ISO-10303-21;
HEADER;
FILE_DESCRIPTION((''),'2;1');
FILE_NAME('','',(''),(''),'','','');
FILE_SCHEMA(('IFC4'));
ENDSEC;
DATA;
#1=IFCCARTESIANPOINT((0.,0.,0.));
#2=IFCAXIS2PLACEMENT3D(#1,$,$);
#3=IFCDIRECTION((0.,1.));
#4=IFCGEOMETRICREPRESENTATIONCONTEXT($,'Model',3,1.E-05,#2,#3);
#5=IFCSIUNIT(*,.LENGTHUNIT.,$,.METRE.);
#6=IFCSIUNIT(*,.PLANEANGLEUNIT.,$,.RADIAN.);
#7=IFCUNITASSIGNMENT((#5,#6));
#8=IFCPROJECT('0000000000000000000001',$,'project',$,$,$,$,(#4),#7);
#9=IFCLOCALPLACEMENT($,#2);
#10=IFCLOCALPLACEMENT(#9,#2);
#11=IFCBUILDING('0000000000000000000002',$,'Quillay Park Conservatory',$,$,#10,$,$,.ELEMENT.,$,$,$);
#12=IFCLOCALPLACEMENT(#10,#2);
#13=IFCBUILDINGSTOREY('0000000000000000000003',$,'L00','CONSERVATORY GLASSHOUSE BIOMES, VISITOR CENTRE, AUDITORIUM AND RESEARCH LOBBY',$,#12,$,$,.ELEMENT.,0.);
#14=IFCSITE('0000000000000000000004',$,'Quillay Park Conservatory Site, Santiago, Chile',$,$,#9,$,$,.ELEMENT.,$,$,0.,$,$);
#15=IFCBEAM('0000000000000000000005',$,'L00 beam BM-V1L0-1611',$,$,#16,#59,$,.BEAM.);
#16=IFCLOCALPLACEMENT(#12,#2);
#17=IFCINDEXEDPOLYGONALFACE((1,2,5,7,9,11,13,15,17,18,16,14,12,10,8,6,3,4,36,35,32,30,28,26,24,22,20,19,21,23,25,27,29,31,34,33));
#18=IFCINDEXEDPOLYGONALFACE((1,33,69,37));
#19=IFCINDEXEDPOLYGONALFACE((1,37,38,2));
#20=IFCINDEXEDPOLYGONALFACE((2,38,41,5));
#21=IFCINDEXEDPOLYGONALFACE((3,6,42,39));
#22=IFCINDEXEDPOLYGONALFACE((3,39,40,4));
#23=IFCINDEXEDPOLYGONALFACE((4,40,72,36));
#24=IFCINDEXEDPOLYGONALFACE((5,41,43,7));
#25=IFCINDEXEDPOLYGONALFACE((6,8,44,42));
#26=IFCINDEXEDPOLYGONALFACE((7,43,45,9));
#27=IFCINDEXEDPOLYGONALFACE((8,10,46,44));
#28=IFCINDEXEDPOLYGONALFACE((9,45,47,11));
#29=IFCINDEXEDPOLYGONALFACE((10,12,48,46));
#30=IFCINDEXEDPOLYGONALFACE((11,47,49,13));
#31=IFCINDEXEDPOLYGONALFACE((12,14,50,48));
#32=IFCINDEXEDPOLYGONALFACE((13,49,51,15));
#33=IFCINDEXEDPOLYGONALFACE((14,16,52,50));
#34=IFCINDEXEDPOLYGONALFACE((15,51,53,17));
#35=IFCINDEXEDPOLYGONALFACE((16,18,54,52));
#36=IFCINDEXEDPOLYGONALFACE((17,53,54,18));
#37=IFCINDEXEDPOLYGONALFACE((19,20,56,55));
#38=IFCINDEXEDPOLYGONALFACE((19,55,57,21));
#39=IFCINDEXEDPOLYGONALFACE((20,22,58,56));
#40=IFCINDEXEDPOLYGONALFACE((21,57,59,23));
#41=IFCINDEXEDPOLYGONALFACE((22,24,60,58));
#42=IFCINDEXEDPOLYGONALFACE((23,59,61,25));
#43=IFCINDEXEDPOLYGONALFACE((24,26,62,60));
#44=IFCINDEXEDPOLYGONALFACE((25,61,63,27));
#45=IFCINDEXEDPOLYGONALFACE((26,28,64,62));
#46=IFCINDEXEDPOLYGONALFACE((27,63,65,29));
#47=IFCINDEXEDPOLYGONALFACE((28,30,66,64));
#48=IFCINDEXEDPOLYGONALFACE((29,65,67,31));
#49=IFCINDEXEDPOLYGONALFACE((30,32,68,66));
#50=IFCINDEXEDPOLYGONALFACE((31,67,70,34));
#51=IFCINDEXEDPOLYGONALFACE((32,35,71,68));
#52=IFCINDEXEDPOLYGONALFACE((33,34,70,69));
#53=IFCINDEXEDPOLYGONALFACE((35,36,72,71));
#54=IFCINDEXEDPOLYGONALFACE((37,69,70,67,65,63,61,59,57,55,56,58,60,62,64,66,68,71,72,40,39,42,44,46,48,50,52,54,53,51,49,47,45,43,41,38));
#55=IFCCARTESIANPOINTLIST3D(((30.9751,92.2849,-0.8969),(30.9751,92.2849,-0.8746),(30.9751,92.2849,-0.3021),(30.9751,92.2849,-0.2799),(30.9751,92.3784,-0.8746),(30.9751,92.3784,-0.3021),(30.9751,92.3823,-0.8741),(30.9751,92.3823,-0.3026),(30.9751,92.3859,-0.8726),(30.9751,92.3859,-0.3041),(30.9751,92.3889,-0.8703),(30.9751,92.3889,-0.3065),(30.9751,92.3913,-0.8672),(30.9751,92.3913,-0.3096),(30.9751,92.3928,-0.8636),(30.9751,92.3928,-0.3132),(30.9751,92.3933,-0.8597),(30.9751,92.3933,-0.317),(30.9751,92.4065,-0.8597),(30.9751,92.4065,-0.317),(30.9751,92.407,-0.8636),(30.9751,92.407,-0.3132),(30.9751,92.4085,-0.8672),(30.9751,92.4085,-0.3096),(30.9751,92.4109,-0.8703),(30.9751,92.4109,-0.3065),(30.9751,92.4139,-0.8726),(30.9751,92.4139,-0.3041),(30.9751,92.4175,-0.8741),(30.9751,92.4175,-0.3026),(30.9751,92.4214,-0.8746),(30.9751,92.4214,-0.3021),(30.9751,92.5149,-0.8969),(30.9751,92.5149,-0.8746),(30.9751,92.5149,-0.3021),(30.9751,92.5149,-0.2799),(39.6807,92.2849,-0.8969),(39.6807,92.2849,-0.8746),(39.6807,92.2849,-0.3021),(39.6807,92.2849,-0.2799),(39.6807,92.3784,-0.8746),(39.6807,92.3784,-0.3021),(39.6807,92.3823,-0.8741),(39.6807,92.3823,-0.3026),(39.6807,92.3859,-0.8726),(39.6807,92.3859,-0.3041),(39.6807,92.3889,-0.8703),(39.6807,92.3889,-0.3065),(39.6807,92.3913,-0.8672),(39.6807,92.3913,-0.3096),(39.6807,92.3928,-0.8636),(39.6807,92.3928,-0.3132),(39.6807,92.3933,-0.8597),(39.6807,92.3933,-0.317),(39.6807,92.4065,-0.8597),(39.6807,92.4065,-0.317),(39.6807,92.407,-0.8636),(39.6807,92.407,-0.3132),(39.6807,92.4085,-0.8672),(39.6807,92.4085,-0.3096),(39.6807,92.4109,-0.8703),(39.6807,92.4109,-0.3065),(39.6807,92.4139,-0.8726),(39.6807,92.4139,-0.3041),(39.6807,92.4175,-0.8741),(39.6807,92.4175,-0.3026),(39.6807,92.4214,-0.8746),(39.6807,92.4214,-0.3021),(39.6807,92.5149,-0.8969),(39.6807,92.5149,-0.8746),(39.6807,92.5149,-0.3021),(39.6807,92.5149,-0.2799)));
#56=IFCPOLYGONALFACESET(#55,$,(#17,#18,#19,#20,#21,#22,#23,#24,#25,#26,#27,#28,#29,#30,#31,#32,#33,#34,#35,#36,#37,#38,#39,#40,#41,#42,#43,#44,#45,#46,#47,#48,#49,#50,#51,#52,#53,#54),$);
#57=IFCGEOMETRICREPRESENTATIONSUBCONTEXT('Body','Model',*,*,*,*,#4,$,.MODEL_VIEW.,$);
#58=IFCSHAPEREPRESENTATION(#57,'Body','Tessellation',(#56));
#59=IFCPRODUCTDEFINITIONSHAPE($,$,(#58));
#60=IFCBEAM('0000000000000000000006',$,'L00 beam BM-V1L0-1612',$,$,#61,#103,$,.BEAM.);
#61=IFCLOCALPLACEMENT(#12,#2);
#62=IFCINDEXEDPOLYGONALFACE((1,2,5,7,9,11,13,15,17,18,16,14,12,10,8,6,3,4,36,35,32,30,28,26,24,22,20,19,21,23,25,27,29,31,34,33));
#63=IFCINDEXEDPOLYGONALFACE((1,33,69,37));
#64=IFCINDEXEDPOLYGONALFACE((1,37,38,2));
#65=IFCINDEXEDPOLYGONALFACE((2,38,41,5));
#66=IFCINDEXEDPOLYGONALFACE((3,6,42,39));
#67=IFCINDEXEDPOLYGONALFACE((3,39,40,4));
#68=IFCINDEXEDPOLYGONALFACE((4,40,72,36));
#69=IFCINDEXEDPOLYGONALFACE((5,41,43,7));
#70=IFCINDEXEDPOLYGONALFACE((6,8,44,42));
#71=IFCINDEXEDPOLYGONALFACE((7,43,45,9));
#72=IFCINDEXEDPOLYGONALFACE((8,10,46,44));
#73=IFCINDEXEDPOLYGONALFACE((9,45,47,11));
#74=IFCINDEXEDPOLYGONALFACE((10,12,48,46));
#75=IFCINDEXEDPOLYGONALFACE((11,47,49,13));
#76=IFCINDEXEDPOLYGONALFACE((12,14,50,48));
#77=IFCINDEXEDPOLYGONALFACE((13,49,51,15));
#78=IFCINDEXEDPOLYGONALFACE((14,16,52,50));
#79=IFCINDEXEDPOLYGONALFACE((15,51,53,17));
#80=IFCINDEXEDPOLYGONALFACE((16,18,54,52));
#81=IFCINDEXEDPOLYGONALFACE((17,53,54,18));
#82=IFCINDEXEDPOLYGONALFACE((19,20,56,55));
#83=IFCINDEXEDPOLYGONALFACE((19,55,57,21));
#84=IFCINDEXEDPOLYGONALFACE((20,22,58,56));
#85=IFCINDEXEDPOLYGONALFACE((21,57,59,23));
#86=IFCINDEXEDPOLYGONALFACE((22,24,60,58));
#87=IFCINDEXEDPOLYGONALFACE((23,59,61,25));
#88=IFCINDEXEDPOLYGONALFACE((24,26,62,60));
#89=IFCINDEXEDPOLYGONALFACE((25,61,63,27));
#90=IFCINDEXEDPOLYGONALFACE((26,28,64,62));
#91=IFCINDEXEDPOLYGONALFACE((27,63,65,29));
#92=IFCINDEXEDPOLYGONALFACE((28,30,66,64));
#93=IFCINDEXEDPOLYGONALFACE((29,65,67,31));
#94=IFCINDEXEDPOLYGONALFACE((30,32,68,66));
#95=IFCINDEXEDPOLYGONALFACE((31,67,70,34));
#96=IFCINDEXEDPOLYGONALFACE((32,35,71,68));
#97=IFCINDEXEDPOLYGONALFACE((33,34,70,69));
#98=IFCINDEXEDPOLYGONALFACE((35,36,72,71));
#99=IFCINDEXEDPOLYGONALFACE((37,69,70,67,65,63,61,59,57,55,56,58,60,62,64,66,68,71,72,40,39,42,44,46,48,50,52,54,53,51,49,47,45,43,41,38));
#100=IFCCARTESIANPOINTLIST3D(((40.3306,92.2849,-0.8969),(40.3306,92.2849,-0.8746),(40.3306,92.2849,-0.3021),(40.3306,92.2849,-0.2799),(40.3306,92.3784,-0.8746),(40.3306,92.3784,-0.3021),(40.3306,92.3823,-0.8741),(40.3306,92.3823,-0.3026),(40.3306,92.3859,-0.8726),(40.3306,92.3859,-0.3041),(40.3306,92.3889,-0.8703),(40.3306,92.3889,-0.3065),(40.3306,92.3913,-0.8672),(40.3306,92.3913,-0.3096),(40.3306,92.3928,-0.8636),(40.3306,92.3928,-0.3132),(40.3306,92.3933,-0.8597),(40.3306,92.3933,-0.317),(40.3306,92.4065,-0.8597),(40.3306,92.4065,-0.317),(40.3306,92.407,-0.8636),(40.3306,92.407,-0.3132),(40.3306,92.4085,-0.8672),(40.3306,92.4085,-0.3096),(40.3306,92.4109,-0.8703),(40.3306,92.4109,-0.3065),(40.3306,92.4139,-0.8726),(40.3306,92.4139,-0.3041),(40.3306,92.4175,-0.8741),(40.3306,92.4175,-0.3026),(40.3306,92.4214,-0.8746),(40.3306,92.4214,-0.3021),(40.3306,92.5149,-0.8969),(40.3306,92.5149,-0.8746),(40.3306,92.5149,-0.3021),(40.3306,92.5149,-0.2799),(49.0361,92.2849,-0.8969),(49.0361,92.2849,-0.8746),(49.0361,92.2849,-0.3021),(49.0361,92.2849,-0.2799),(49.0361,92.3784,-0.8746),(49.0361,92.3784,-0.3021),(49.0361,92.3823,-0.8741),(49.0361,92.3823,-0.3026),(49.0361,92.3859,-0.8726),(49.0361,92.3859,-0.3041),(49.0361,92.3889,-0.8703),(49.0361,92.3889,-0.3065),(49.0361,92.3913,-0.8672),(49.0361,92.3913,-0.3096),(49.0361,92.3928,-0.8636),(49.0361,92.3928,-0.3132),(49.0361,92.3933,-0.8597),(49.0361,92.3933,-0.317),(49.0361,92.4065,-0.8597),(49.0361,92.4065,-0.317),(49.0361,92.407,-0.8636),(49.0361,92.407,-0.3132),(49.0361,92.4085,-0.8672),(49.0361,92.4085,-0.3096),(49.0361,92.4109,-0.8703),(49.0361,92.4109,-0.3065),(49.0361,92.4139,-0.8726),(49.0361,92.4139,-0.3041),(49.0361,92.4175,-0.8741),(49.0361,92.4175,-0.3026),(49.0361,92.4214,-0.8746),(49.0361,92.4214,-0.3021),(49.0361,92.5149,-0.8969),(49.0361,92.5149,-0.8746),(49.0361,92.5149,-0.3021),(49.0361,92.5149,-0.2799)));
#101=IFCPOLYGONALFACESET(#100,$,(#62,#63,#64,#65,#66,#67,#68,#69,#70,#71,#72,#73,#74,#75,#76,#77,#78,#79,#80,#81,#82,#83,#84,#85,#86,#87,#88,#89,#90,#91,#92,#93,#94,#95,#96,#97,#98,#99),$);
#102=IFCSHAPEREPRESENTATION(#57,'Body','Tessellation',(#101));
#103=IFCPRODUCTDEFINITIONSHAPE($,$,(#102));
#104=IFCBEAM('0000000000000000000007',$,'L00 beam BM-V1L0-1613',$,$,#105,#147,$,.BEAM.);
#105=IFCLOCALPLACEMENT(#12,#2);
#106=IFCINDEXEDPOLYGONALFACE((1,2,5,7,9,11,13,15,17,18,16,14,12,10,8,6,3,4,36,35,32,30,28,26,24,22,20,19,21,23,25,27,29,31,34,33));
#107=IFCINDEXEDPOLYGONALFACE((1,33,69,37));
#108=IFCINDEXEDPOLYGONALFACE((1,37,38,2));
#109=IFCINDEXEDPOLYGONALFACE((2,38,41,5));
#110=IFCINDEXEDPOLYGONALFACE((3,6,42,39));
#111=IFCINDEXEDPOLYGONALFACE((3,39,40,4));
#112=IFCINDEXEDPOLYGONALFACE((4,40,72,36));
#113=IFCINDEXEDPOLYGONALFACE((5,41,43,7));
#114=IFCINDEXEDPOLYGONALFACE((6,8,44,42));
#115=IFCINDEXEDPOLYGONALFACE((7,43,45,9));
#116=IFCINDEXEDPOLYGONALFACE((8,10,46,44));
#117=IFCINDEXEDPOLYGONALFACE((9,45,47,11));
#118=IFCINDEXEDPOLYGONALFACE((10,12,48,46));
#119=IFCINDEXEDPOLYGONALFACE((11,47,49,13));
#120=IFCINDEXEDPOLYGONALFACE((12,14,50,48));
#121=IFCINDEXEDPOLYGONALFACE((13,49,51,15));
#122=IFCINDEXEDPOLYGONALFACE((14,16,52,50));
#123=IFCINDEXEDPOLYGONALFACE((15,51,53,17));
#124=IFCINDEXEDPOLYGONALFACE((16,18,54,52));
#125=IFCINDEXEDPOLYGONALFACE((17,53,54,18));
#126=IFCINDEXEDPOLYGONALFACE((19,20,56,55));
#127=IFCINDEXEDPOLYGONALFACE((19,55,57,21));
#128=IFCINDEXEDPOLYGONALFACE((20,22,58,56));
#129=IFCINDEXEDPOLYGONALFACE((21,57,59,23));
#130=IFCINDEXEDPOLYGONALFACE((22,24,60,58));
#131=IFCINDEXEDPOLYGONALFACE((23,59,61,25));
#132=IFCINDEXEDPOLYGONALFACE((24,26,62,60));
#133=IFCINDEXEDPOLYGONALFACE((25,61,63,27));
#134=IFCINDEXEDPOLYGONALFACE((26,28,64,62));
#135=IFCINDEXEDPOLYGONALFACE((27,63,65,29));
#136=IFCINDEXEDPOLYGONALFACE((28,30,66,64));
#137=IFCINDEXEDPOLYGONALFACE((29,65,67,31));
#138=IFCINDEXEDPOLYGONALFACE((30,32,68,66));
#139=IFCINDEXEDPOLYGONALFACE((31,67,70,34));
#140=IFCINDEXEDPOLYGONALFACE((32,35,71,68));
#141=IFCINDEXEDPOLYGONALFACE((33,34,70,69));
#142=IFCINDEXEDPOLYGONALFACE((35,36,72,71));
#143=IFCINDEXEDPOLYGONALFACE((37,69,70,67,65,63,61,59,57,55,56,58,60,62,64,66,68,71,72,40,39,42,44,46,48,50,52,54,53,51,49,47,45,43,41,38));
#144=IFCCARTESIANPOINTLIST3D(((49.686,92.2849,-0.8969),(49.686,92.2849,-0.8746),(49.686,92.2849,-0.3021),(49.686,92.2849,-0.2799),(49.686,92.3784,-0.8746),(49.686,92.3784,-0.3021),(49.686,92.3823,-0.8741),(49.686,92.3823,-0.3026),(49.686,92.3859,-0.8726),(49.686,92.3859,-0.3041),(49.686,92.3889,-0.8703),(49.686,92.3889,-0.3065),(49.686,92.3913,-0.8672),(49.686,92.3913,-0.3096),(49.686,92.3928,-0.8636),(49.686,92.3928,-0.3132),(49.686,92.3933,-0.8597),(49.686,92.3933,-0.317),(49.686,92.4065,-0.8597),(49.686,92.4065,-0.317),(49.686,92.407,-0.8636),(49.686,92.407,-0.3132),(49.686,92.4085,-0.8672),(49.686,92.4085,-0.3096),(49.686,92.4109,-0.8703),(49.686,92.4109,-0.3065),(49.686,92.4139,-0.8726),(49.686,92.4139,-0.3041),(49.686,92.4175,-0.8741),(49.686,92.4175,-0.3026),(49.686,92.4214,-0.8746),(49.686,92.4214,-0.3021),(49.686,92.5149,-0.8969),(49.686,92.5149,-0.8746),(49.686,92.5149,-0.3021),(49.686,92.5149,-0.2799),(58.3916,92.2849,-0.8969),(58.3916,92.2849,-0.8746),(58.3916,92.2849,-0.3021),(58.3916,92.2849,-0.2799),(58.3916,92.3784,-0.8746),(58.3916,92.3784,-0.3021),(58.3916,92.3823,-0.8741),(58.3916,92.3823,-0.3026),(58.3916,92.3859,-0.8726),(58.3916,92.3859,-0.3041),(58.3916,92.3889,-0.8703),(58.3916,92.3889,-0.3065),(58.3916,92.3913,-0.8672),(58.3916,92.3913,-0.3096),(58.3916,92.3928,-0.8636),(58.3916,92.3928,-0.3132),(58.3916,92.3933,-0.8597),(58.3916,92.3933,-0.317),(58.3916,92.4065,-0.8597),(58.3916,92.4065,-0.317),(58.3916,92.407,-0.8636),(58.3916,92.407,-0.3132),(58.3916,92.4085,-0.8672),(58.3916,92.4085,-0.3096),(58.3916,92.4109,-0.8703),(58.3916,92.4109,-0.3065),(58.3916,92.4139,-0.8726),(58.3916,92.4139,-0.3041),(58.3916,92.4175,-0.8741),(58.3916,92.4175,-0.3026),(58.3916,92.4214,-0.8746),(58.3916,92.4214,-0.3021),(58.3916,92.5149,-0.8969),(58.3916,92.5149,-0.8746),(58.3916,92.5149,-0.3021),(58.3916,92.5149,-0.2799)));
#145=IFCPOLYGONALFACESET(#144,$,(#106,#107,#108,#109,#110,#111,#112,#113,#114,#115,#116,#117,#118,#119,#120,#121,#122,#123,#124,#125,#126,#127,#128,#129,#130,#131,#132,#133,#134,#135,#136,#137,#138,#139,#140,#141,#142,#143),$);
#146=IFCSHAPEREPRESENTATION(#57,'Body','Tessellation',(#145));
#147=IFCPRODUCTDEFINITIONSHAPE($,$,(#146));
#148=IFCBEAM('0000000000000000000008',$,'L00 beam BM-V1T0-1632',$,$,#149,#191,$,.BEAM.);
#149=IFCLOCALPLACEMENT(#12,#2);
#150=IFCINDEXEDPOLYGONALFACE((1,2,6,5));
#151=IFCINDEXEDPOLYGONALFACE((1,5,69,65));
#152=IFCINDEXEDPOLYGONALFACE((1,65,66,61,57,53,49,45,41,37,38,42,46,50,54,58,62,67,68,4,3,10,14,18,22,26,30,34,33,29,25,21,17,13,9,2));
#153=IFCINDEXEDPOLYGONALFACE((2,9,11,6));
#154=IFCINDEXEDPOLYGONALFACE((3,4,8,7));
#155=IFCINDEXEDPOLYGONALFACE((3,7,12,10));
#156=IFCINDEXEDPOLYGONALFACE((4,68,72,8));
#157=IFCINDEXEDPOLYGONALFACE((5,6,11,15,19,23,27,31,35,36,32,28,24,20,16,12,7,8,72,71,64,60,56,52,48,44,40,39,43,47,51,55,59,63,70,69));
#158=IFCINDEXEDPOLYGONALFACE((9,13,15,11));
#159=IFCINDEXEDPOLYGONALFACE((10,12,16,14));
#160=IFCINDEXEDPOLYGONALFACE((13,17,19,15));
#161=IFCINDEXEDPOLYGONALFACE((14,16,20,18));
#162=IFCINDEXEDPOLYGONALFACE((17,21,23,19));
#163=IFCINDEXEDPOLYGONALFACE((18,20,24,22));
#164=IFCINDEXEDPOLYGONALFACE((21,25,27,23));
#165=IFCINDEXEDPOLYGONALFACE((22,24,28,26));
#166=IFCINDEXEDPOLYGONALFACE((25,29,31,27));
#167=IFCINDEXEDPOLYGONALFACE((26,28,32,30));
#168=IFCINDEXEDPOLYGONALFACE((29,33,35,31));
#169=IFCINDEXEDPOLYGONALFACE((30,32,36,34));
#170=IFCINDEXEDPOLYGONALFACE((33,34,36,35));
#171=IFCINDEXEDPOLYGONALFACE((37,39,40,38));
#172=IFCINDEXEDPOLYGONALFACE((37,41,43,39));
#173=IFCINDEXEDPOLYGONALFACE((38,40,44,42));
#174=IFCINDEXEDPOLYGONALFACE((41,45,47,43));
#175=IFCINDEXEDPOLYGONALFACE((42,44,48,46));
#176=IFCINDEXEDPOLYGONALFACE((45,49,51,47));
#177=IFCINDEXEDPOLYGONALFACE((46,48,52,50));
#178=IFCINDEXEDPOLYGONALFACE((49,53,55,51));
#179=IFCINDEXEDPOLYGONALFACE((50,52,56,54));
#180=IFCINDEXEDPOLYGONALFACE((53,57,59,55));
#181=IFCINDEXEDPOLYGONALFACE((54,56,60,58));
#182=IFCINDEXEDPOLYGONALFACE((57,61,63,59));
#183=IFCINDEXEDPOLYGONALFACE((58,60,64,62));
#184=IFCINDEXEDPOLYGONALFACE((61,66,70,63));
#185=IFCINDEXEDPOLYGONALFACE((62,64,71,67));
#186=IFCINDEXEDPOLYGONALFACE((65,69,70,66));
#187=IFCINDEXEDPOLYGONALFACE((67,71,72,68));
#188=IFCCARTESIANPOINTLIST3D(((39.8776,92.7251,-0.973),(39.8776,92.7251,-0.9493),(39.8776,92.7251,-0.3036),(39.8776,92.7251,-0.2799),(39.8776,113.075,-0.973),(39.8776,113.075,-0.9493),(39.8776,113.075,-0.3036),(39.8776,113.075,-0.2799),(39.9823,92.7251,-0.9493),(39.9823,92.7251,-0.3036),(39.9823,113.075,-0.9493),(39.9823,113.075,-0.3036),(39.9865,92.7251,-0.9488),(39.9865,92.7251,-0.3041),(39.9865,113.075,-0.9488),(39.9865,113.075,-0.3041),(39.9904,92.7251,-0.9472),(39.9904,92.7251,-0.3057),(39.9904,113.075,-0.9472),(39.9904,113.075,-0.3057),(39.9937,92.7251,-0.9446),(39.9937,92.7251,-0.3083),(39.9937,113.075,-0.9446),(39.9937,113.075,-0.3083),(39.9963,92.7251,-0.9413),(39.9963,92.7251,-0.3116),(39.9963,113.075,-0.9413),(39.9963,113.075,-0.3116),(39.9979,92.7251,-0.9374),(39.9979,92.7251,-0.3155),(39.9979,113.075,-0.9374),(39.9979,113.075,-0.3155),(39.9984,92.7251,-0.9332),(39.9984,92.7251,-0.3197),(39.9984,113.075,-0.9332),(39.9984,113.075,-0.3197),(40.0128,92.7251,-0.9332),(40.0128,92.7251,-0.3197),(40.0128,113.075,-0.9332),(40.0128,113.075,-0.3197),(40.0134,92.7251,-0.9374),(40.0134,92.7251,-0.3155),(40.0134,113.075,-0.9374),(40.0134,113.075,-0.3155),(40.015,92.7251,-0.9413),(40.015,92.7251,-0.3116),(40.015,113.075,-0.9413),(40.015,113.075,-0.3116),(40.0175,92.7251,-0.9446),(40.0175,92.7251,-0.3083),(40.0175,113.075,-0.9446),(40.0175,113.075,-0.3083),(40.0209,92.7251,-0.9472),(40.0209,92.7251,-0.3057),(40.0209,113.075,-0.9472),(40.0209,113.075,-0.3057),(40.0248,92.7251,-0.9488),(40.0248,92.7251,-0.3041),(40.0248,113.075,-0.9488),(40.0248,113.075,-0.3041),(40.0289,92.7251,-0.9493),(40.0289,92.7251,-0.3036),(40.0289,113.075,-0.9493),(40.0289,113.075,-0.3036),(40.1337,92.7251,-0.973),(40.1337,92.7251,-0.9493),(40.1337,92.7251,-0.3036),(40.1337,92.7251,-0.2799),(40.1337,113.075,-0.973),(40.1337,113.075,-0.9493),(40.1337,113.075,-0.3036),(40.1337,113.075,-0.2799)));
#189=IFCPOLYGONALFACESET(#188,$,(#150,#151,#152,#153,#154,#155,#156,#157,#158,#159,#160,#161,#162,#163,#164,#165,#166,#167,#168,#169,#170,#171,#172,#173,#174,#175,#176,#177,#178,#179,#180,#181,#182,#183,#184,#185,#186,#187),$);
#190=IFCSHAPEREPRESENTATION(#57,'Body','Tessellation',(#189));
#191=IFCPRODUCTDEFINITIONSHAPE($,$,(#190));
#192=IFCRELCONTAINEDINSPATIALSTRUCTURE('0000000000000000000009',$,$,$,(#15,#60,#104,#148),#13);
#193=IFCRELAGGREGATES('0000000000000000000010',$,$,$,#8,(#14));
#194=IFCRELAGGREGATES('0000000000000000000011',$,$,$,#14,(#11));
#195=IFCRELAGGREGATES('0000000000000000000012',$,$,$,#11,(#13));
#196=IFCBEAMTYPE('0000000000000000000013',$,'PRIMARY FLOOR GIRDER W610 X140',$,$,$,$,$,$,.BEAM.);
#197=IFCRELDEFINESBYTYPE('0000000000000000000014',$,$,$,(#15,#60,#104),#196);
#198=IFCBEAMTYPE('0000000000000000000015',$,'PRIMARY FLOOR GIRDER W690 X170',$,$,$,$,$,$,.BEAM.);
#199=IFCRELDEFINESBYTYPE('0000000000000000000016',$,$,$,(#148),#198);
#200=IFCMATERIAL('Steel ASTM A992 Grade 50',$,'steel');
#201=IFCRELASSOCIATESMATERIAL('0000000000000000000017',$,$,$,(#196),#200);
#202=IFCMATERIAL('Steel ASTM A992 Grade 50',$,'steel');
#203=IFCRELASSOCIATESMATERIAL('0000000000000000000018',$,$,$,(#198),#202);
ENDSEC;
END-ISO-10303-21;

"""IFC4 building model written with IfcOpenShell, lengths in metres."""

from ifc_helpers import new_model, si_unit, direction, frame, origin, origin_2d, place, context, subcontext, project, spatial, i_section, extrude, material, material_profile, profile_set, type_object, element, save


model = new_model("IFC4")

# Units and contexts
model_context = context("Model", 3, precision=1e-05, world=origin(), true_north=direction((0.0, 1.0)))
body_context = subcontext(model_context, "Body", "Model", "MODEL_VIEW")
ifc_project = project(units=[si_unit("LENGTHUNIT", "METRE"), si_unit("PLANEANGLEUNIT", "RADIAN")], contexts=[model_context])

# Site, building, storey
site_placement = place(None, origin())
site = spatial("IfcSite", under=ifc_project, at=site_placement, Name="Quillay Park Conservatory Site, Santiago, Chile", CompositionType="ELEMENT", RefElevation=0.0)
building_placement = place(site_placement, origin())
building = spatial("IfcBuilding", under=site, at=building_placement, Name="Quillay Park Conservatory", CompositionType="ELEMENT")
storey_placement = place(building_placement, origin())
storey = spatial("IfcBuildingStorey", under=building, at=storey_placement, Name="L00", Description="CONSERVATORY GLASSHOUSE BIOMES, VISITOR CENTRE, AUDITORIUM AND RESEARCH LOBBY", CompositionType="ELEMENT", Elevation=0.0)

# Beams
ifc_material_1 = material(Name="Steel ASTM A992 Grade 50", Category="steel")
ifc_material_profile_1 = material_profile(ifc_material_1, i_section(OverallWidth=0.23, OverallDepth=0.6169, WebThickness=0.0132, FlangeThickness=0.0222, FilletRadius=0.0149, at=origin_2d()), Name="W610x140")
ifc_profile_set_1 = profile_set([ifc_material_profile_1], Name="Steel ASTM A992 Grade 50")
beam_type_1 = type_object("IfcBeamType", Name="PRIMARY FLOOR GIRDER W610 X140", PredefinedType="BEAM", material=ifc_profile_set_1)
for number, where, z_axis, x_axis, name in (
    (1, (30.9751, 92.3999, -0.5884), (1.0, 0.0, 0.0), (0.0, 1.0, 0.0), "L00 beam BM-V1L0-1611"),
    (2, (40.3306, 92.3999, -0.5884), (1.0, 0.0, 0.0), (0.0, 1.0, 0.0), "L00 beam BM-V1L0-1612"),
    (3, (49.686, 92.3999, -0.5884), (1.0, 0.0, 0.0), (0.0, 1.0, 0.0), "L00 beam BM-V1L0-1613"),
):
    element("IfcBeam", number, at=place(storey_placement, frame(where, z_axis=z_axis, x_axis=x_axis)), inside=storey, type_object=beam_type_1, Name=name, PredefinedType="BEAM", context=body_context, shape_type="SweptSolid", body=[
        extrude(i_section(OverallWidth=0.23, OverallDepth=0.6169, WebThickness=0.0132, FlangeThickness=0.0222, FilletRadius=0.0149, at=origin_2d()), origin(), (0.0, 0.0, 1.0), 8.7056),
    ])
ifc_material_2 = material(Name="Steel ASTM A992 Grade 50", Category="steel")
ifc_material_profile_2 = material_profile(ifc_material_2, i_section(OverallWidth=0.2561, OverallDepth=0.6931, WebThickness=0.0144, FlangeThickness=0.0237, FilletRadius=0.0161, at=origin_2d()), Name="W690x170")
ifc_profile_set_2 = profile_set([ifc_material_profile_2], Name="Steel ASTM A992 Grade 50")
beam_type_2 = type_object("IfcBeamType", Name="PRIMARY FLOOR GIRDER W690 X170", PredefinedType="BEAM", material=ifc_profile_set_2)
for number, where, z_axis, x_axis, name in (
    (4, (40.0056, 92.7251, -0.6265), (0.0, 1.0, 0.0), (-1.0, 0.0, 0.0), "L00 beam BM-V1T0-1632"),
):
    element("IfcBeam", number, at=place(storey_placement, frame(where, z_axis=z_axis, x_axis=x_axis)), inside=storey, type_object=beam_type_2, Name=name, PredefinedType="BEAM", context=body_context, shape_type="SweptSolid", body=[
        extrude(i_section(OverallWidth=0.2561, OverallDepth=0.6931, WebThickness=0.0144, FlangeThickness=0.0237, FilletRadius=0.0161, at=origin_2d()), origin(), (0.0, 0.0, 1.0), 20.3499),
    ])

save(model, "model.ifc")
